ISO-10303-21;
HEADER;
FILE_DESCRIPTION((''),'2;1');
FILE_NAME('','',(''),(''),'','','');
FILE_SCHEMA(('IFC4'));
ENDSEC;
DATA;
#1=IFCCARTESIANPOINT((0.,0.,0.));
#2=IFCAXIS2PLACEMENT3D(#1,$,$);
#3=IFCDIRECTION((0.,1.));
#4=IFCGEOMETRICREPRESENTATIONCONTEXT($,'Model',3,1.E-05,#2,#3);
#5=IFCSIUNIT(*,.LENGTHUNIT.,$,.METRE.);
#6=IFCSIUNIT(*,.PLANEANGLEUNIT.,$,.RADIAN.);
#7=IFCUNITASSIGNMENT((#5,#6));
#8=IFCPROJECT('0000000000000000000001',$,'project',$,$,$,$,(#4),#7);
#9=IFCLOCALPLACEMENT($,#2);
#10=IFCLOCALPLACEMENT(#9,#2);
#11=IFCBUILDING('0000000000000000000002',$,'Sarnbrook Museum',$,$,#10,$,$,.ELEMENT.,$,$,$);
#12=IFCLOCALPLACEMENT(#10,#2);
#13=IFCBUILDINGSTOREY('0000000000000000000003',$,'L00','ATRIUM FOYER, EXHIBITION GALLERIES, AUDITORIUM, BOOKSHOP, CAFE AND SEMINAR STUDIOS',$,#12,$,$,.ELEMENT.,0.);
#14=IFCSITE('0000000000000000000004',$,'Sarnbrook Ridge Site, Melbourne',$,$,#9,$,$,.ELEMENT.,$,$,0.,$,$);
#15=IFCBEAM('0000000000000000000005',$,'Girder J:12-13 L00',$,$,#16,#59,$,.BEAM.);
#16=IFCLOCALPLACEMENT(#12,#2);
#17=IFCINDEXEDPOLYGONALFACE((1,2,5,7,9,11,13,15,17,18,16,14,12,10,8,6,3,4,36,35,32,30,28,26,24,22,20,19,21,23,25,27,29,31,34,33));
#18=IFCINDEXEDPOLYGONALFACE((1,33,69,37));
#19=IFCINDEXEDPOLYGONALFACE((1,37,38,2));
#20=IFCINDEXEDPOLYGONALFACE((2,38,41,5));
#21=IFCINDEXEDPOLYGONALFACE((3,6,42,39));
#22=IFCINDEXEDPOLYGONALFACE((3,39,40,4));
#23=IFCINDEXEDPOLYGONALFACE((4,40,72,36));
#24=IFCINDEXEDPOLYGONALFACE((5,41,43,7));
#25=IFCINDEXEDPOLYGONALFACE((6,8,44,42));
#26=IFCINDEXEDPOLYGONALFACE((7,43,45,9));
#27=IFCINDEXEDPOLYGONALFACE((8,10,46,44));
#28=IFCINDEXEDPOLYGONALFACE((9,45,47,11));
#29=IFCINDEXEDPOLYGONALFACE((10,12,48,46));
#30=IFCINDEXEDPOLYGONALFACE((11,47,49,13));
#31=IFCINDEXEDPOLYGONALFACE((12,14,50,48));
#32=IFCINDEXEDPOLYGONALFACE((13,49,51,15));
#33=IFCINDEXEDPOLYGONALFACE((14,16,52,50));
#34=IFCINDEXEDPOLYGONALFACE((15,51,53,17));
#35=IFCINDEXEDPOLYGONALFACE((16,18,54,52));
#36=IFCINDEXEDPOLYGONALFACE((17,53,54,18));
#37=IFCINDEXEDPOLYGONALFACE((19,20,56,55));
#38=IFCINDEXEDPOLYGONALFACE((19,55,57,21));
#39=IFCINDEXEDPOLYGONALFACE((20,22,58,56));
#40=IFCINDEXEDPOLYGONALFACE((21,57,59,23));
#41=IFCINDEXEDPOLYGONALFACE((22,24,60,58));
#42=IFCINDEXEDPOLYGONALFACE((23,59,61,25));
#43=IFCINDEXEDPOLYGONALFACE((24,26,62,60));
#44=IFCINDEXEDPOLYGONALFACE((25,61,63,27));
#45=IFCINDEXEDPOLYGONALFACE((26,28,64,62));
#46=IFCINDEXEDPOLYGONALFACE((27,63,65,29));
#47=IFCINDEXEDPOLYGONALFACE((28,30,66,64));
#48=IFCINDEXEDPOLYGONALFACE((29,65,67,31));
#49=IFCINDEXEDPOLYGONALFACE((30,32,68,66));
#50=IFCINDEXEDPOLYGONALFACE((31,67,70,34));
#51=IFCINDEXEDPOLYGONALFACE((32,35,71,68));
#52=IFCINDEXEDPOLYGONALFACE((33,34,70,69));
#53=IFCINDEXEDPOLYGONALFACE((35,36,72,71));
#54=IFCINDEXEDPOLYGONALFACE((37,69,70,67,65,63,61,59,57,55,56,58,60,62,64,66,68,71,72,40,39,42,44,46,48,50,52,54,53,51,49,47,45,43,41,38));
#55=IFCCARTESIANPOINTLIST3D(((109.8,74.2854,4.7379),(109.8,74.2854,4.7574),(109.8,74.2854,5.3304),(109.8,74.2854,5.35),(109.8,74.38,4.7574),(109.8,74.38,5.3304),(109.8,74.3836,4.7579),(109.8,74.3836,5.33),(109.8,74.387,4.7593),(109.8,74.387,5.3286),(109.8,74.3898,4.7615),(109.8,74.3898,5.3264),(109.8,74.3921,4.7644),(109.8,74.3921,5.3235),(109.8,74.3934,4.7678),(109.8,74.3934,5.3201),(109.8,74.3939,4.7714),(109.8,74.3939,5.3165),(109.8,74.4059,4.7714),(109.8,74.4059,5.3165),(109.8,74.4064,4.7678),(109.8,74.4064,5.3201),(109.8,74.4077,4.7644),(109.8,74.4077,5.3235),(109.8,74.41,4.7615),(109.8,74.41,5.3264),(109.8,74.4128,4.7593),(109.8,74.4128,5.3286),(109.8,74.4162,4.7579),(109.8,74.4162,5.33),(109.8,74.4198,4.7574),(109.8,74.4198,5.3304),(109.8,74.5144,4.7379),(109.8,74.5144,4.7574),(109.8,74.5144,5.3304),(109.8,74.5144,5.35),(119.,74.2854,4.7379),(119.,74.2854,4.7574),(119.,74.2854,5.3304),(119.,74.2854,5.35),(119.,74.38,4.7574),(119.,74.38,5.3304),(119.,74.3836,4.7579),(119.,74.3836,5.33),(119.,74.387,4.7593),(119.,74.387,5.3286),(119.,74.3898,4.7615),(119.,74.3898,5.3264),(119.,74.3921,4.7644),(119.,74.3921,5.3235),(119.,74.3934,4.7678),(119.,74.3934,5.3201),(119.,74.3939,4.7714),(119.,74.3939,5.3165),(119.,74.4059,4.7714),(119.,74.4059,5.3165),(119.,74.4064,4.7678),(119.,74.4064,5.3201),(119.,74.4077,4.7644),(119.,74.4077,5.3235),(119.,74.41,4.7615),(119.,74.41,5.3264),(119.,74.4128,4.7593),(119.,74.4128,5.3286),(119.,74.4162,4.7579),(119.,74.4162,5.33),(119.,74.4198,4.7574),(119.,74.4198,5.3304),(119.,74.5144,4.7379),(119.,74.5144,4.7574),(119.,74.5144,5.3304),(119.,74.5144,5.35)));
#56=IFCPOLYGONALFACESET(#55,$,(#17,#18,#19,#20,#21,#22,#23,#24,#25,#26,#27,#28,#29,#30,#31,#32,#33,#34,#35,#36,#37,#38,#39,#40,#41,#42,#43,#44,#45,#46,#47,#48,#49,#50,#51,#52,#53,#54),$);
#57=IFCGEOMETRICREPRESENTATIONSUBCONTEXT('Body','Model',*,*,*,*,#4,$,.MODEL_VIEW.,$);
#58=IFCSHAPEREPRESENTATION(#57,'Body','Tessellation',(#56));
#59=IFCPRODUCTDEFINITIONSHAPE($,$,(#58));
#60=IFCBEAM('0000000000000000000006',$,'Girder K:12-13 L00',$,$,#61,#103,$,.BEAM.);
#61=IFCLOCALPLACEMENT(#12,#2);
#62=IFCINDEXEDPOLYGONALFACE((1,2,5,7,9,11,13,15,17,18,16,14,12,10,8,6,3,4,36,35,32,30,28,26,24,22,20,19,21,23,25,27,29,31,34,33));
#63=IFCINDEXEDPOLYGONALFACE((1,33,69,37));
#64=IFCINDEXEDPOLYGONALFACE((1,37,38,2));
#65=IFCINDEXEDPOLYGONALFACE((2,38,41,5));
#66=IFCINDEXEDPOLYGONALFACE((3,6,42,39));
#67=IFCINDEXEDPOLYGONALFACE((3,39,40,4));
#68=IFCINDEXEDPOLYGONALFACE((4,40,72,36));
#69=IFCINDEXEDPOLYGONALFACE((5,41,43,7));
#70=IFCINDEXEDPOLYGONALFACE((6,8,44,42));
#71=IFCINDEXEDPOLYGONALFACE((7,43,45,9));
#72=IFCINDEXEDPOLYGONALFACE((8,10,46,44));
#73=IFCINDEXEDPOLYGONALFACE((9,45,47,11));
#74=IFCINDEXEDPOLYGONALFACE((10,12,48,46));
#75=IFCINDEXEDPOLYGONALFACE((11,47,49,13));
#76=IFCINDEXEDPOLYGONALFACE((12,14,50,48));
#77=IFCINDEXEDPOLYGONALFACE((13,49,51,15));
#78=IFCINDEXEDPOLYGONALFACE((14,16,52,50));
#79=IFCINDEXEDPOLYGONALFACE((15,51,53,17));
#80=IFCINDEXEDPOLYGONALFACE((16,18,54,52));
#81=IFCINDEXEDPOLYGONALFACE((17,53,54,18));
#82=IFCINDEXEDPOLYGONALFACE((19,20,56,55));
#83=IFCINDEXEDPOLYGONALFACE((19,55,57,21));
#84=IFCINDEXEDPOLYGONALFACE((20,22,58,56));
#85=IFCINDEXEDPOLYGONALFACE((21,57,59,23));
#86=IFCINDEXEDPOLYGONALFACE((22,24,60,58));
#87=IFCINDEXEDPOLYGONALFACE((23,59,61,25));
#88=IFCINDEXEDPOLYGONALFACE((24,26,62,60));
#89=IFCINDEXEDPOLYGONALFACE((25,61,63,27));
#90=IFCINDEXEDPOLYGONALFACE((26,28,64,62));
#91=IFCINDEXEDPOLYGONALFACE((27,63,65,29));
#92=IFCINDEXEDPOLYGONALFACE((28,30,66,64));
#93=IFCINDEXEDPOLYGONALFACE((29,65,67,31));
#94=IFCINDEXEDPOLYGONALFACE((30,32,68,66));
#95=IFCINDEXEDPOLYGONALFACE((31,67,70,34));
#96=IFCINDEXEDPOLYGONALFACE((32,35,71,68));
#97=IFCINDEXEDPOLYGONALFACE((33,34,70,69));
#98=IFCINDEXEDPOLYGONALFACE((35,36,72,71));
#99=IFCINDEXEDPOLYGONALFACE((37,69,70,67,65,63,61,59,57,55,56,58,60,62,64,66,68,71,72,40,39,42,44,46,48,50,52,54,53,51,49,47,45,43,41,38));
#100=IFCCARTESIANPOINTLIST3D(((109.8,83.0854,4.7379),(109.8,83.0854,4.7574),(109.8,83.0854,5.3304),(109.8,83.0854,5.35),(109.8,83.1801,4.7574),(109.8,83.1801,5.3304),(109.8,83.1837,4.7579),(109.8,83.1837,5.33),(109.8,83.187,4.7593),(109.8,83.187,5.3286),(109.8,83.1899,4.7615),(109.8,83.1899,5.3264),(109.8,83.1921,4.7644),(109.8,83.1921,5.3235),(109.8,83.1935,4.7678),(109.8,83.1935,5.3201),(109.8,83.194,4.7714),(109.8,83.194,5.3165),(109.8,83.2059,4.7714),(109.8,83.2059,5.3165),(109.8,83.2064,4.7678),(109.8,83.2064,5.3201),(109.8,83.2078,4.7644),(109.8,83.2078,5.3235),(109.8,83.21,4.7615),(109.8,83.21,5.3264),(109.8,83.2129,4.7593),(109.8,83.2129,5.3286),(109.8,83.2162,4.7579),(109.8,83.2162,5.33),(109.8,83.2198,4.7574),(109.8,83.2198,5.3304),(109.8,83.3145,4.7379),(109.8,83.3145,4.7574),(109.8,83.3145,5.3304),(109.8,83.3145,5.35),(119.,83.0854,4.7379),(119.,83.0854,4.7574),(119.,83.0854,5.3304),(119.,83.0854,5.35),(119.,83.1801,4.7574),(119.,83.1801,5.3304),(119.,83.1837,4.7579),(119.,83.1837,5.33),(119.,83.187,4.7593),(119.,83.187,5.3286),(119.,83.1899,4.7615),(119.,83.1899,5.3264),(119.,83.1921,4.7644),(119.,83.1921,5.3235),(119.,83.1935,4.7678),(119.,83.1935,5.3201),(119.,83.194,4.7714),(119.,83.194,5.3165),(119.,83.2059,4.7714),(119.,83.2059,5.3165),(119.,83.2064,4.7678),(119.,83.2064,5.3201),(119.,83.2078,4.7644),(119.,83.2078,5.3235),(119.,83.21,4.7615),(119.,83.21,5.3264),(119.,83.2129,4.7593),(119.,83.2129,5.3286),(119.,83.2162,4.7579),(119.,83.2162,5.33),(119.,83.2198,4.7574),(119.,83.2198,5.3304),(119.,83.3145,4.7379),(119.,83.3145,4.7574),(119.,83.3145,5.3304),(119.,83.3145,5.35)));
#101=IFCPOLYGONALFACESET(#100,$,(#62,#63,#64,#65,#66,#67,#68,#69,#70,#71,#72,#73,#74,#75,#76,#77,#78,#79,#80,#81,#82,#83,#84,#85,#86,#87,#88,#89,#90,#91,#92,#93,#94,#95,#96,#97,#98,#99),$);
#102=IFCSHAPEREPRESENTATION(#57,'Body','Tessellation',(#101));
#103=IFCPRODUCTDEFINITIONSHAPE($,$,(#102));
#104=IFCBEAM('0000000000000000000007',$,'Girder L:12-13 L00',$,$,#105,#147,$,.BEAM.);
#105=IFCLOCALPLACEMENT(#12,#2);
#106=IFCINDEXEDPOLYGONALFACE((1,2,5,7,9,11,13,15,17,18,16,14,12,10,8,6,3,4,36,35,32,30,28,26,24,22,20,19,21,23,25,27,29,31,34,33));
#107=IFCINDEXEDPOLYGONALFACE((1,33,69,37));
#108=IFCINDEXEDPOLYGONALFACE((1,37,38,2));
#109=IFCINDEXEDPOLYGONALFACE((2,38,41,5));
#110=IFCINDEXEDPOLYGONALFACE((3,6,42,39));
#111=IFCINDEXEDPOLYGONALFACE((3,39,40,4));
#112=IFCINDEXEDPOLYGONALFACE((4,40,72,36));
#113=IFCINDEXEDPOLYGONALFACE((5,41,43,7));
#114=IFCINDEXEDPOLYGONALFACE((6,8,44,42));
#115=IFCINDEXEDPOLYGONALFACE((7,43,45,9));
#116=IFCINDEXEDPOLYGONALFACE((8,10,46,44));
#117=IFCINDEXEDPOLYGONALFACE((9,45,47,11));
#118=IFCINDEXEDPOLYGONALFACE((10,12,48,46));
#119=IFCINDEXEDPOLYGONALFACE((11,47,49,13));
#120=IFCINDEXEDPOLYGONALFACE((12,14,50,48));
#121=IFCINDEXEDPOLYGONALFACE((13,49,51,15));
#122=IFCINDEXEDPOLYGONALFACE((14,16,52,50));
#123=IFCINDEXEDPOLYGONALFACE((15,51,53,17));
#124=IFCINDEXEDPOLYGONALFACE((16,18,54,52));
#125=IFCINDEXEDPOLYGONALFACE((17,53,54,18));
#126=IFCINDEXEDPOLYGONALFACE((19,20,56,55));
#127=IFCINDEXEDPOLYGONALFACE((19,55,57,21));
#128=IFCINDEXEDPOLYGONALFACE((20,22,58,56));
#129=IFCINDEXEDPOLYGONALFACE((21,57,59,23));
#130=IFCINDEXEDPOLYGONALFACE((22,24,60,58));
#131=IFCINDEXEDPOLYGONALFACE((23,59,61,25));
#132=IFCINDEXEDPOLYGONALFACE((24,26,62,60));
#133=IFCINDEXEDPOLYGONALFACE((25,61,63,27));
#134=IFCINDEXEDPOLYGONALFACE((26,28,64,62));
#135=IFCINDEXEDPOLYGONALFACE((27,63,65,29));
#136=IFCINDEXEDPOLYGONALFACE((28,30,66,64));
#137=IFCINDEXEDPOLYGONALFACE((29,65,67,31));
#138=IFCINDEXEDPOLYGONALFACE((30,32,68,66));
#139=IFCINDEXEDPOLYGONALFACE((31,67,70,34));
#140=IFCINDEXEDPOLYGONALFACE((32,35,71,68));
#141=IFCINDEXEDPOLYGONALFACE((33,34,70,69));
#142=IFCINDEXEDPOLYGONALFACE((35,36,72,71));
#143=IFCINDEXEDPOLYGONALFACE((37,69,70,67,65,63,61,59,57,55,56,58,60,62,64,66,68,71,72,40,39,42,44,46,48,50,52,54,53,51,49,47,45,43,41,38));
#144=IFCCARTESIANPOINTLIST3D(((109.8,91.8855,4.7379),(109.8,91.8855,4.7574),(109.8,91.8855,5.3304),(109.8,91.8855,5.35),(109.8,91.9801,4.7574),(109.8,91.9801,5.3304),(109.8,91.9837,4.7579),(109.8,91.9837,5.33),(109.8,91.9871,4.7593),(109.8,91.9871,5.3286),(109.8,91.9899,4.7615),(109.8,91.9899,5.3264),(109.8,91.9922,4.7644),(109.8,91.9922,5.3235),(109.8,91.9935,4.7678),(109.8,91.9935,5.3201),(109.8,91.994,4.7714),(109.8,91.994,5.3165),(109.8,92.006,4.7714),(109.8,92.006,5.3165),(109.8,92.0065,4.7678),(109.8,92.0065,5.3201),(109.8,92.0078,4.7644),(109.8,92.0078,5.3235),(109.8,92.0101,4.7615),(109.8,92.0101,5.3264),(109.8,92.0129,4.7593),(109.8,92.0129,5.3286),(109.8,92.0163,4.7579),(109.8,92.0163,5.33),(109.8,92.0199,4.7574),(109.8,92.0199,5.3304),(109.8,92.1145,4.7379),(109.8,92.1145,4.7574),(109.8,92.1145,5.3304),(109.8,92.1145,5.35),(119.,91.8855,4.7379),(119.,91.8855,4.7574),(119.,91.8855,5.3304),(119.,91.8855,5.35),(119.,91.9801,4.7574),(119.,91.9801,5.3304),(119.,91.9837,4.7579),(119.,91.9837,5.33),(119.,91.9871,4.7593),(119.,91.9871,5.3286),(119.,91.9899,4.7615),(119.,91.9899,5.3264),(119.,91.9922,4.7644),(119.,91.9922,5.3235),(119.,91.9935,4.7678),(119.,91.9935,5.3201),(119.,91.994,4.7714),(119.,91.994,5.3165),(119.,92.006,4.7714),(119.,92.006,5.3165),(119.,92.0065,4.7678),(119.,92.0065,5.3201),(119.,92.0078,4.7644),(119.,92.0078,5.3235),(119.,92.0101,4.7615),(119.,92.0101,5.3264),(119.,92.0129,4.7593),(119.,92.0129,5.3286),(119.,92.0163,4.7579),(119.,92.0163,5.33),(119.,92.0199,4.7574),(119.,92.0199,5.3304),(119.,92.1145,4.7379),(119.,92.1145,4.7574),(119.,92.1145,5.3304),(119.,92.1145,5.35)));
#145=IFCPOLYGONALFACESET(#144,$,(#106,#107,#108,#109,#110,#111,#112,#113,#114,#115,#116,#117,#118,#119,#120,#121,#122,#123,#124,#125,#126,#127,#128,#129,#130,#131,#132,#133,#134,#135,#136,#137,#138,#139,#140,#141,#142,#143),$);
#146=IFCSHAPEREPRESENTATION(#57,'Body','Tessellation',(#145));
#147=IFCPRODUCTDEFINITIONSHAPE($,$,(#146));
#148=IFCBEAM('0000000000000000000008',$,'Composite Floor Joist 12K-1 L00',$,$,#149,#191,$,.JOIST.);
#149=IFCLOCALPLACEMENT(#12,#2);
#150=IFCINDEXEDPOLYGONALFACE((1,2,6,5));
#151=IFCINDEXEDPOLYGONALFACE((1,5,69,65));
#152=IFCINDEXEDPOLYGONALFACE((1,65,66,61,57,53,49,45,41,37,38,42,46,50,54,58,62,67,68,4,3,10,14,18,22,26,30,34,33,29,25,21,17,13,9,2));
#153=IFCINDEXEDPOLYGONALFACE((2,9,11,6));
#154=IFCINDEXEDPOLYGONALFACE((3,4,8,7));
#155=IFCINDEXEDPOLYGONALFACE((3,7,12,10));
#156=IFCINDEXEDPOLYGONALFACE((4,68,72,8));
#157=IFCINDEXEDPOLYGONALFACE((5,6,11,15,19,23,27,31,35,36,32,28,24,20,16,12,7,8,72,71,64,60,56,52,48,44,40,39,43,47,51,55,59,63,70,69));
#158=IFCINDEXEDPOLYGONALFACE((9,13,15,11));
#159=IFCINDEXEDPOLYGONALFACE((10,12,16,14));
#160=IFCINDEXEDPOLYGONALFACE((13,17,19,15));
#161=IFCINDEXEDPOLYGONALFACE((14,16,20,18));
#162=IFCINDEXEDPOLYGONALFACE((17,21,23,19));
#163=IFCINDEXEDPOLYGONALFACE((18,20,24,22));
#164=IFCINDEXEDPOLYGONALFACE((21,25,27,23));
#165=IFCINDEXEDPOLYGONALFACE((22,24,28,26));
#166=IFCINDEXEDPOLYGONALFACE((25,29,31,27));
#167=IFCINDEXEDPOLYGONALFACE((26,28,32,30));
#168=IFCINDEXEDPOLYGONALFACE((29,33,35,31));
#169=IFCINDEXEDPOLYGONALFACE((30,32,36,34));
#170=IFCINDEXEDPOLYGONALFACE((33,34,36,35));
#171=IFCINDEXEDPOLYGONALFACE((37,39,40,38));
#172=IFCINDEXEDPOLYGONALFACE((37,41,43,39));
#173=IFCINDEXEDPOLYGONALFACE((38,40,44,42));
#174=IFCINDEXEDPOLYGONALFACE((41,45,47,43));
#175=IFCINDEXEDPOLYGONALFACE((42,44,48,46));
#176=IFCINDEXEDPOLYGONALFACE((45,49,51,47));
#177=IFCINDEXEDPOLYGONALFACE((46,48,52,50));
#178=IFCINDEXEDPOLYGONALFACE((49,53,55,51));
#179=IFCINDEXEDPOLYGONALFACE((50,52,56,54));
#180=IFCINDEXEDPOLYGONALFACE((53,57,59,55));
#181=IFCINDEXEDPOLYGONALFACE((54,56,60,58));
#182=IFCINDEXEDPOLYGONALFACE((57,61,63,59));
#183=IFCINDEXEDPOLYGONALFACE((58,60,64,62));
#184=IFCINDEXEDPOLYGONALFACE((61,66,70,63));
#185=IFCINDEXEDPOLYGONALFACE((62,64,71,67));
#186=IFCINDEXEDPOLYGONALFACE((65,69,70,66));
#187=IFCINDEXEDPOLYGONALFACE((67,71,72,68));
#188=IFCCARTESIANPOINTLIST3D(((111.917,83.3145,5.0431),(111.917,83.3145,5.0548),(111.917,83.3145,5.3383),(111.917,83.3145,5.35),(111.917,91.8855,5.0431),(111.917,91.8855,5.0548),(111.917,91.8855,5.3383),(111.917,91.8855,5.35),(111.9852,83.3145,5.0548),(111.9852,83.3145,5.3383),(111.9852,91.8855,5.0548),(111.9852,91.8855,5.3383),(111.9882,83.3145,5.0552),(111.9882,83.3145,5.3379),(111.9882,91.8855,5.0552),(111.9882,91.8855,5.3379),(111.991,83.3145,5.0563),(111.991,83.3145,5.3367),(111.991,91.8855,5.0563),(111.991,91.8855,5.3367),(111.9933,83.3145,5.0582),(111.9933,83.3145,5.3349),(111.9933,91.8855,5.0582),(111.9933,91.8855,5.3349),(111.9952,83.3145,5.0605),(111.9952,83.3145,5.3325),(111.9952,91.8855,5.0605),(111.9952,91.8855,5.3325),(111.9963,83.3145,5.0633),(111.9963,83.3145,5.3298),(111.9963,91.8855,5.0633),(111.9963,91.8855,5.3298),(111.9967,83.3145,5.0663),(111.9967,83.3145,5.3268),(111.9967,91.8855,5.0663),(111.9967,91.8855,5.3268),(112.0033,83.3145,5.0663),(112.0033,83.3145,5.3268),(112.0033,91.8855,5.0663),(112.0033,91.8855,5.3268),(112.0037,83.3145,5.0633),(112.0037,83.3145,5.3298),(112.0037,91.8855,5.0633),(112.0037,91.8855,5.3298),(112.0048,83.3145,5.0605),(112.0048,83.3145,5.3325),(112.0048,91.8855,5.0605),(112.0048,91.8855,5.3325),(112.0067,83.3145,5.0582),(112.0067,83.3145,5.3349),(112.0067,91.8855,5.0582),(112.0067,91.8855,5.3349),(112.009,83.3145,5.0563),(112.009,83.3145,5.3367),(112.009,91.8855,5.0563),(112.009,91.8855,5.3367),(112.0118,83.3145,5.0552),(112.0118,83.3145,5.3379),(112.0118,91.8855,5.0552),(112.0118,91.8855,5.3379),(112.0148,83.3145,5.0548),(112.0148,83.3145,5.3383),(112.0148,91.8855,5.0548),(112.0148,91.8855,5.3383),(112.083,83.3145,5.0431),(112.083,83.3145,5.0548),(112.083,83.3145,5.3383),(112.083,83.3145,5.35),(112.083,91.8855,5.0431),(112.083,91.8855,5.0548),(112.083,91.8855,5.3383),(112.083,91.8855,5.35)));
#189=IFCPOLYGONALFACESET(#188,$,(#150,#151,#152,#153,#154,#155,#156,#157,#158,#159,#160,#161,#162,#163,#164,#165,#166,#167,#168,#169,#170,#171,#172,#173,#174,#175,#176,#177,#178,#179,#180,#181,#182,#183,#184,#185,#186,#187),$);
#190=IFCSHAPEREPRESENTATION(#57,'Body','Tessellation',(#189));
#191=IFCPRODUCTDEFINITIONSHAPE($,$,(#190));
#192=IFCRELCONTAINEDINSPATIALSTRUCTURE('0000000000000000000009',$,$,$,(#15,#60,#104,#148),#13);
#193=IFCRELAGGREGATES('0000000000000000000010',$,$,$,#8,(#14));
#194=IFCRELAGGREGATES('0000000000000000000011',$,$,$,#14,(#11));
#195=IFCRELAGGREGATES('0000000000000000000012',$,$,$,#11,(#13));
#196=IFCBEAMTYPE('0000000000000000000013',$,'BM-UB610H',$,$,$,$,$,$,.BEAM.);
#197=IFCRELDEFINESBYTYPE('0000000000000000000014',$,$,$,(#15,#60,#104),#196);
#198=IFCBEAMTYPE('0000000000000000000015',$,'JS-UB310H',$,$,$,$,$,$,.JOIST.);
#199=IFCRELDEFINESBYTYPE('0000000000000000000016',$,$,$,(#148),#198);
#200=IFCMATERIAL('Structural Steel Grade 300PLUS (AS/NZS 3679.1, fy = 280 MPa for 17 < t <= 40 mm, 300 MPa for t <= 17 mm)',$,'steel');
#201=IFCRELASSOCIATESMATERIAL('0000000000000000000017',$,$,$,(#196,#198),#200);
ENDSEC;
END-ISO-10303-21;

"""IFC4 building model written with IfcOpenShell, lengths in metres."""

from ifc_helpers import new_model, si_unit, direction, frame, origin, origin_2d, place, context, subcontext, project, spatial, i_section, extrude, material, material_profile, profile_set, type_object, element, save


model = new_model("IFC4")

# Units and contexts
model_context = context("Model", 3, precision=1e-05, world=origin(), true_north=direction((0.0, 1.0)))
body_context = subcontext(model_context, "Body", "Model", "MODEL_VIEW")
ifc_project = project(units=[si_unit("LENGTHUNIT", "METRE"), si_unit("PLANEANGLEUNIT", "RADIAN")], contexts=[model_context])

# Site, building, storey
site_placement = place(None, origin())
site = spatial("IfcSite", under=ifc_project, at=site_placement, Name="Sarnbrook Ridge Site, Melbourne", CompositionType="ELEMENT", RefElevation=0.0)
building_placement = place(site_placement, origin())
building = spatial("IfcBuilding", under=site, at=building_placement, Name="Sarnbrook Museum", CompositionType="ELEMENT")
storey_placement = place(building_placement, origin())
storey = spatial("IfcBuildingStorey", under=building, at=storey_placement, Name="L00", Description="ATRIUM FOYER, EXHIBITION GALLERIES, AUDITORIUM, BOOKSHOP, CAFE AND SEMINAR STUDIOS", CompositionType="ELEMENT", Elevation=0.0)

# Beams
ifc_material_1 = material(Name="Structural Steel Grade 300PLUS (AS/NZS 3679.1, fy = 280 MPa for 17 < t <= 40 mm, 300 MPa for t <= 17 mm)", Category="steel")
ifc_material_profile_1 = material_profile(ifc_material_1, i_section(OverallWidth=0.229, OverallDepth=0.6121, WebThickness=0.012, FlangeThickness=0.0195, FilletRadius=0.0139, at=origin_2d()), Name="610UB125")
ifc_profile_set_1 = profile_set([ifc_material_profile_1], Name="Structural Steel Grade 300PLUS (AS/NZS 3679.1, fy = 280 MPa for 17 < t <= 40 mm, 300 MPa for t <= 17 mm)")
beam_type_1 = type_object("IfcBeamType", Name="BM-UB610H", PredefinedType="BEAM", material=ifc_profile_set_1)
for number, where, z_axis, x_axis, name in (
    (1, (109.8, 74.3999, 5.0439), (1.0, 0.0, 0.0), (0.0, 1.0, 0.0), "Girder J:12-13 L00"),
    (2, (109.8, 83.2, 5.0439), (1.0, 0.0, 0.0), (0.0, 1.0, 0.0), "Girder K:12-13 L00"),
    (3, (109.8, 92.0, 5.0439), (1.0, 0.0, 0.0), (0.0, 1.0, 0.0), "Girder L:12-13 L00"),
):
    element("IfcBeam", number, at=place(storey_placement, frame(where, z_axis=z_axis, x_axis=x_axis)), inside=storey, type_object=beam_type_1, Name=name, PredefinedType="BEAM", context=body_context, shape_type="SweptSolid", body=[
        extrude(i_section(OverallWidth=0.229, OverallDepth=0.6121, WebThickness=0.012, FlangeThickness=0.0195, FilletRadius=0.0139, at=origin_2d()), origin(), (0.0, 0.0, 1.0), 9.2),
    ])
ifc_material_profile_2 = material_profile(ifc_material_1, i_section(OverallWidth=0.166, OverallDepth=0.3069, WebThickness=0.0066, FlangeThickness=0.0117, FilletRadius=0.0115, at=origin_2d()), Name="310UB46.2")
ifc_profile_set_2 = profile_set([ifc_material_profile_2], Name="Structural Steel Grade 300PLUS (AS/NZS 3679.1, fy = 280 MPa for 17 < t <= 40 mm, 300 MPa for t <= 17 mm)")
beam_type_2 = type_object("IfcBeamType", Name="JS-UB310H", PredefinedType="JOIST", material=ifc_profile_set_2)
for number, where, z_axis, x_axis, name in (
    (4, (112.0, 83.3145, 5.1965), (0.0, 1.0, 0.0), (-1.0, 0.0, 0.0), "Composite Floor Joist 12K-1 L00"),
):
    element("IfcBeam", number, at=place(storey_placement, frame(where, z_axis=z_axis, x_axis=x_axis)), inside=storey, type_object=beam_type_2, Name=name, PredefinedType="JOIST", context=body_context, shape_type="SweptSolid", body=[
        extrude(i_section(OverallWidth=0.166, OverallDepth=0.3069, WebThickness=0.0066, FlangeThickness=0.0117, FilletRadius=0.0115, at=origin_2d()), origin(), (0.0, 0.0, 1.0), 8.571),
    ])

save(model, "model.ifc")
